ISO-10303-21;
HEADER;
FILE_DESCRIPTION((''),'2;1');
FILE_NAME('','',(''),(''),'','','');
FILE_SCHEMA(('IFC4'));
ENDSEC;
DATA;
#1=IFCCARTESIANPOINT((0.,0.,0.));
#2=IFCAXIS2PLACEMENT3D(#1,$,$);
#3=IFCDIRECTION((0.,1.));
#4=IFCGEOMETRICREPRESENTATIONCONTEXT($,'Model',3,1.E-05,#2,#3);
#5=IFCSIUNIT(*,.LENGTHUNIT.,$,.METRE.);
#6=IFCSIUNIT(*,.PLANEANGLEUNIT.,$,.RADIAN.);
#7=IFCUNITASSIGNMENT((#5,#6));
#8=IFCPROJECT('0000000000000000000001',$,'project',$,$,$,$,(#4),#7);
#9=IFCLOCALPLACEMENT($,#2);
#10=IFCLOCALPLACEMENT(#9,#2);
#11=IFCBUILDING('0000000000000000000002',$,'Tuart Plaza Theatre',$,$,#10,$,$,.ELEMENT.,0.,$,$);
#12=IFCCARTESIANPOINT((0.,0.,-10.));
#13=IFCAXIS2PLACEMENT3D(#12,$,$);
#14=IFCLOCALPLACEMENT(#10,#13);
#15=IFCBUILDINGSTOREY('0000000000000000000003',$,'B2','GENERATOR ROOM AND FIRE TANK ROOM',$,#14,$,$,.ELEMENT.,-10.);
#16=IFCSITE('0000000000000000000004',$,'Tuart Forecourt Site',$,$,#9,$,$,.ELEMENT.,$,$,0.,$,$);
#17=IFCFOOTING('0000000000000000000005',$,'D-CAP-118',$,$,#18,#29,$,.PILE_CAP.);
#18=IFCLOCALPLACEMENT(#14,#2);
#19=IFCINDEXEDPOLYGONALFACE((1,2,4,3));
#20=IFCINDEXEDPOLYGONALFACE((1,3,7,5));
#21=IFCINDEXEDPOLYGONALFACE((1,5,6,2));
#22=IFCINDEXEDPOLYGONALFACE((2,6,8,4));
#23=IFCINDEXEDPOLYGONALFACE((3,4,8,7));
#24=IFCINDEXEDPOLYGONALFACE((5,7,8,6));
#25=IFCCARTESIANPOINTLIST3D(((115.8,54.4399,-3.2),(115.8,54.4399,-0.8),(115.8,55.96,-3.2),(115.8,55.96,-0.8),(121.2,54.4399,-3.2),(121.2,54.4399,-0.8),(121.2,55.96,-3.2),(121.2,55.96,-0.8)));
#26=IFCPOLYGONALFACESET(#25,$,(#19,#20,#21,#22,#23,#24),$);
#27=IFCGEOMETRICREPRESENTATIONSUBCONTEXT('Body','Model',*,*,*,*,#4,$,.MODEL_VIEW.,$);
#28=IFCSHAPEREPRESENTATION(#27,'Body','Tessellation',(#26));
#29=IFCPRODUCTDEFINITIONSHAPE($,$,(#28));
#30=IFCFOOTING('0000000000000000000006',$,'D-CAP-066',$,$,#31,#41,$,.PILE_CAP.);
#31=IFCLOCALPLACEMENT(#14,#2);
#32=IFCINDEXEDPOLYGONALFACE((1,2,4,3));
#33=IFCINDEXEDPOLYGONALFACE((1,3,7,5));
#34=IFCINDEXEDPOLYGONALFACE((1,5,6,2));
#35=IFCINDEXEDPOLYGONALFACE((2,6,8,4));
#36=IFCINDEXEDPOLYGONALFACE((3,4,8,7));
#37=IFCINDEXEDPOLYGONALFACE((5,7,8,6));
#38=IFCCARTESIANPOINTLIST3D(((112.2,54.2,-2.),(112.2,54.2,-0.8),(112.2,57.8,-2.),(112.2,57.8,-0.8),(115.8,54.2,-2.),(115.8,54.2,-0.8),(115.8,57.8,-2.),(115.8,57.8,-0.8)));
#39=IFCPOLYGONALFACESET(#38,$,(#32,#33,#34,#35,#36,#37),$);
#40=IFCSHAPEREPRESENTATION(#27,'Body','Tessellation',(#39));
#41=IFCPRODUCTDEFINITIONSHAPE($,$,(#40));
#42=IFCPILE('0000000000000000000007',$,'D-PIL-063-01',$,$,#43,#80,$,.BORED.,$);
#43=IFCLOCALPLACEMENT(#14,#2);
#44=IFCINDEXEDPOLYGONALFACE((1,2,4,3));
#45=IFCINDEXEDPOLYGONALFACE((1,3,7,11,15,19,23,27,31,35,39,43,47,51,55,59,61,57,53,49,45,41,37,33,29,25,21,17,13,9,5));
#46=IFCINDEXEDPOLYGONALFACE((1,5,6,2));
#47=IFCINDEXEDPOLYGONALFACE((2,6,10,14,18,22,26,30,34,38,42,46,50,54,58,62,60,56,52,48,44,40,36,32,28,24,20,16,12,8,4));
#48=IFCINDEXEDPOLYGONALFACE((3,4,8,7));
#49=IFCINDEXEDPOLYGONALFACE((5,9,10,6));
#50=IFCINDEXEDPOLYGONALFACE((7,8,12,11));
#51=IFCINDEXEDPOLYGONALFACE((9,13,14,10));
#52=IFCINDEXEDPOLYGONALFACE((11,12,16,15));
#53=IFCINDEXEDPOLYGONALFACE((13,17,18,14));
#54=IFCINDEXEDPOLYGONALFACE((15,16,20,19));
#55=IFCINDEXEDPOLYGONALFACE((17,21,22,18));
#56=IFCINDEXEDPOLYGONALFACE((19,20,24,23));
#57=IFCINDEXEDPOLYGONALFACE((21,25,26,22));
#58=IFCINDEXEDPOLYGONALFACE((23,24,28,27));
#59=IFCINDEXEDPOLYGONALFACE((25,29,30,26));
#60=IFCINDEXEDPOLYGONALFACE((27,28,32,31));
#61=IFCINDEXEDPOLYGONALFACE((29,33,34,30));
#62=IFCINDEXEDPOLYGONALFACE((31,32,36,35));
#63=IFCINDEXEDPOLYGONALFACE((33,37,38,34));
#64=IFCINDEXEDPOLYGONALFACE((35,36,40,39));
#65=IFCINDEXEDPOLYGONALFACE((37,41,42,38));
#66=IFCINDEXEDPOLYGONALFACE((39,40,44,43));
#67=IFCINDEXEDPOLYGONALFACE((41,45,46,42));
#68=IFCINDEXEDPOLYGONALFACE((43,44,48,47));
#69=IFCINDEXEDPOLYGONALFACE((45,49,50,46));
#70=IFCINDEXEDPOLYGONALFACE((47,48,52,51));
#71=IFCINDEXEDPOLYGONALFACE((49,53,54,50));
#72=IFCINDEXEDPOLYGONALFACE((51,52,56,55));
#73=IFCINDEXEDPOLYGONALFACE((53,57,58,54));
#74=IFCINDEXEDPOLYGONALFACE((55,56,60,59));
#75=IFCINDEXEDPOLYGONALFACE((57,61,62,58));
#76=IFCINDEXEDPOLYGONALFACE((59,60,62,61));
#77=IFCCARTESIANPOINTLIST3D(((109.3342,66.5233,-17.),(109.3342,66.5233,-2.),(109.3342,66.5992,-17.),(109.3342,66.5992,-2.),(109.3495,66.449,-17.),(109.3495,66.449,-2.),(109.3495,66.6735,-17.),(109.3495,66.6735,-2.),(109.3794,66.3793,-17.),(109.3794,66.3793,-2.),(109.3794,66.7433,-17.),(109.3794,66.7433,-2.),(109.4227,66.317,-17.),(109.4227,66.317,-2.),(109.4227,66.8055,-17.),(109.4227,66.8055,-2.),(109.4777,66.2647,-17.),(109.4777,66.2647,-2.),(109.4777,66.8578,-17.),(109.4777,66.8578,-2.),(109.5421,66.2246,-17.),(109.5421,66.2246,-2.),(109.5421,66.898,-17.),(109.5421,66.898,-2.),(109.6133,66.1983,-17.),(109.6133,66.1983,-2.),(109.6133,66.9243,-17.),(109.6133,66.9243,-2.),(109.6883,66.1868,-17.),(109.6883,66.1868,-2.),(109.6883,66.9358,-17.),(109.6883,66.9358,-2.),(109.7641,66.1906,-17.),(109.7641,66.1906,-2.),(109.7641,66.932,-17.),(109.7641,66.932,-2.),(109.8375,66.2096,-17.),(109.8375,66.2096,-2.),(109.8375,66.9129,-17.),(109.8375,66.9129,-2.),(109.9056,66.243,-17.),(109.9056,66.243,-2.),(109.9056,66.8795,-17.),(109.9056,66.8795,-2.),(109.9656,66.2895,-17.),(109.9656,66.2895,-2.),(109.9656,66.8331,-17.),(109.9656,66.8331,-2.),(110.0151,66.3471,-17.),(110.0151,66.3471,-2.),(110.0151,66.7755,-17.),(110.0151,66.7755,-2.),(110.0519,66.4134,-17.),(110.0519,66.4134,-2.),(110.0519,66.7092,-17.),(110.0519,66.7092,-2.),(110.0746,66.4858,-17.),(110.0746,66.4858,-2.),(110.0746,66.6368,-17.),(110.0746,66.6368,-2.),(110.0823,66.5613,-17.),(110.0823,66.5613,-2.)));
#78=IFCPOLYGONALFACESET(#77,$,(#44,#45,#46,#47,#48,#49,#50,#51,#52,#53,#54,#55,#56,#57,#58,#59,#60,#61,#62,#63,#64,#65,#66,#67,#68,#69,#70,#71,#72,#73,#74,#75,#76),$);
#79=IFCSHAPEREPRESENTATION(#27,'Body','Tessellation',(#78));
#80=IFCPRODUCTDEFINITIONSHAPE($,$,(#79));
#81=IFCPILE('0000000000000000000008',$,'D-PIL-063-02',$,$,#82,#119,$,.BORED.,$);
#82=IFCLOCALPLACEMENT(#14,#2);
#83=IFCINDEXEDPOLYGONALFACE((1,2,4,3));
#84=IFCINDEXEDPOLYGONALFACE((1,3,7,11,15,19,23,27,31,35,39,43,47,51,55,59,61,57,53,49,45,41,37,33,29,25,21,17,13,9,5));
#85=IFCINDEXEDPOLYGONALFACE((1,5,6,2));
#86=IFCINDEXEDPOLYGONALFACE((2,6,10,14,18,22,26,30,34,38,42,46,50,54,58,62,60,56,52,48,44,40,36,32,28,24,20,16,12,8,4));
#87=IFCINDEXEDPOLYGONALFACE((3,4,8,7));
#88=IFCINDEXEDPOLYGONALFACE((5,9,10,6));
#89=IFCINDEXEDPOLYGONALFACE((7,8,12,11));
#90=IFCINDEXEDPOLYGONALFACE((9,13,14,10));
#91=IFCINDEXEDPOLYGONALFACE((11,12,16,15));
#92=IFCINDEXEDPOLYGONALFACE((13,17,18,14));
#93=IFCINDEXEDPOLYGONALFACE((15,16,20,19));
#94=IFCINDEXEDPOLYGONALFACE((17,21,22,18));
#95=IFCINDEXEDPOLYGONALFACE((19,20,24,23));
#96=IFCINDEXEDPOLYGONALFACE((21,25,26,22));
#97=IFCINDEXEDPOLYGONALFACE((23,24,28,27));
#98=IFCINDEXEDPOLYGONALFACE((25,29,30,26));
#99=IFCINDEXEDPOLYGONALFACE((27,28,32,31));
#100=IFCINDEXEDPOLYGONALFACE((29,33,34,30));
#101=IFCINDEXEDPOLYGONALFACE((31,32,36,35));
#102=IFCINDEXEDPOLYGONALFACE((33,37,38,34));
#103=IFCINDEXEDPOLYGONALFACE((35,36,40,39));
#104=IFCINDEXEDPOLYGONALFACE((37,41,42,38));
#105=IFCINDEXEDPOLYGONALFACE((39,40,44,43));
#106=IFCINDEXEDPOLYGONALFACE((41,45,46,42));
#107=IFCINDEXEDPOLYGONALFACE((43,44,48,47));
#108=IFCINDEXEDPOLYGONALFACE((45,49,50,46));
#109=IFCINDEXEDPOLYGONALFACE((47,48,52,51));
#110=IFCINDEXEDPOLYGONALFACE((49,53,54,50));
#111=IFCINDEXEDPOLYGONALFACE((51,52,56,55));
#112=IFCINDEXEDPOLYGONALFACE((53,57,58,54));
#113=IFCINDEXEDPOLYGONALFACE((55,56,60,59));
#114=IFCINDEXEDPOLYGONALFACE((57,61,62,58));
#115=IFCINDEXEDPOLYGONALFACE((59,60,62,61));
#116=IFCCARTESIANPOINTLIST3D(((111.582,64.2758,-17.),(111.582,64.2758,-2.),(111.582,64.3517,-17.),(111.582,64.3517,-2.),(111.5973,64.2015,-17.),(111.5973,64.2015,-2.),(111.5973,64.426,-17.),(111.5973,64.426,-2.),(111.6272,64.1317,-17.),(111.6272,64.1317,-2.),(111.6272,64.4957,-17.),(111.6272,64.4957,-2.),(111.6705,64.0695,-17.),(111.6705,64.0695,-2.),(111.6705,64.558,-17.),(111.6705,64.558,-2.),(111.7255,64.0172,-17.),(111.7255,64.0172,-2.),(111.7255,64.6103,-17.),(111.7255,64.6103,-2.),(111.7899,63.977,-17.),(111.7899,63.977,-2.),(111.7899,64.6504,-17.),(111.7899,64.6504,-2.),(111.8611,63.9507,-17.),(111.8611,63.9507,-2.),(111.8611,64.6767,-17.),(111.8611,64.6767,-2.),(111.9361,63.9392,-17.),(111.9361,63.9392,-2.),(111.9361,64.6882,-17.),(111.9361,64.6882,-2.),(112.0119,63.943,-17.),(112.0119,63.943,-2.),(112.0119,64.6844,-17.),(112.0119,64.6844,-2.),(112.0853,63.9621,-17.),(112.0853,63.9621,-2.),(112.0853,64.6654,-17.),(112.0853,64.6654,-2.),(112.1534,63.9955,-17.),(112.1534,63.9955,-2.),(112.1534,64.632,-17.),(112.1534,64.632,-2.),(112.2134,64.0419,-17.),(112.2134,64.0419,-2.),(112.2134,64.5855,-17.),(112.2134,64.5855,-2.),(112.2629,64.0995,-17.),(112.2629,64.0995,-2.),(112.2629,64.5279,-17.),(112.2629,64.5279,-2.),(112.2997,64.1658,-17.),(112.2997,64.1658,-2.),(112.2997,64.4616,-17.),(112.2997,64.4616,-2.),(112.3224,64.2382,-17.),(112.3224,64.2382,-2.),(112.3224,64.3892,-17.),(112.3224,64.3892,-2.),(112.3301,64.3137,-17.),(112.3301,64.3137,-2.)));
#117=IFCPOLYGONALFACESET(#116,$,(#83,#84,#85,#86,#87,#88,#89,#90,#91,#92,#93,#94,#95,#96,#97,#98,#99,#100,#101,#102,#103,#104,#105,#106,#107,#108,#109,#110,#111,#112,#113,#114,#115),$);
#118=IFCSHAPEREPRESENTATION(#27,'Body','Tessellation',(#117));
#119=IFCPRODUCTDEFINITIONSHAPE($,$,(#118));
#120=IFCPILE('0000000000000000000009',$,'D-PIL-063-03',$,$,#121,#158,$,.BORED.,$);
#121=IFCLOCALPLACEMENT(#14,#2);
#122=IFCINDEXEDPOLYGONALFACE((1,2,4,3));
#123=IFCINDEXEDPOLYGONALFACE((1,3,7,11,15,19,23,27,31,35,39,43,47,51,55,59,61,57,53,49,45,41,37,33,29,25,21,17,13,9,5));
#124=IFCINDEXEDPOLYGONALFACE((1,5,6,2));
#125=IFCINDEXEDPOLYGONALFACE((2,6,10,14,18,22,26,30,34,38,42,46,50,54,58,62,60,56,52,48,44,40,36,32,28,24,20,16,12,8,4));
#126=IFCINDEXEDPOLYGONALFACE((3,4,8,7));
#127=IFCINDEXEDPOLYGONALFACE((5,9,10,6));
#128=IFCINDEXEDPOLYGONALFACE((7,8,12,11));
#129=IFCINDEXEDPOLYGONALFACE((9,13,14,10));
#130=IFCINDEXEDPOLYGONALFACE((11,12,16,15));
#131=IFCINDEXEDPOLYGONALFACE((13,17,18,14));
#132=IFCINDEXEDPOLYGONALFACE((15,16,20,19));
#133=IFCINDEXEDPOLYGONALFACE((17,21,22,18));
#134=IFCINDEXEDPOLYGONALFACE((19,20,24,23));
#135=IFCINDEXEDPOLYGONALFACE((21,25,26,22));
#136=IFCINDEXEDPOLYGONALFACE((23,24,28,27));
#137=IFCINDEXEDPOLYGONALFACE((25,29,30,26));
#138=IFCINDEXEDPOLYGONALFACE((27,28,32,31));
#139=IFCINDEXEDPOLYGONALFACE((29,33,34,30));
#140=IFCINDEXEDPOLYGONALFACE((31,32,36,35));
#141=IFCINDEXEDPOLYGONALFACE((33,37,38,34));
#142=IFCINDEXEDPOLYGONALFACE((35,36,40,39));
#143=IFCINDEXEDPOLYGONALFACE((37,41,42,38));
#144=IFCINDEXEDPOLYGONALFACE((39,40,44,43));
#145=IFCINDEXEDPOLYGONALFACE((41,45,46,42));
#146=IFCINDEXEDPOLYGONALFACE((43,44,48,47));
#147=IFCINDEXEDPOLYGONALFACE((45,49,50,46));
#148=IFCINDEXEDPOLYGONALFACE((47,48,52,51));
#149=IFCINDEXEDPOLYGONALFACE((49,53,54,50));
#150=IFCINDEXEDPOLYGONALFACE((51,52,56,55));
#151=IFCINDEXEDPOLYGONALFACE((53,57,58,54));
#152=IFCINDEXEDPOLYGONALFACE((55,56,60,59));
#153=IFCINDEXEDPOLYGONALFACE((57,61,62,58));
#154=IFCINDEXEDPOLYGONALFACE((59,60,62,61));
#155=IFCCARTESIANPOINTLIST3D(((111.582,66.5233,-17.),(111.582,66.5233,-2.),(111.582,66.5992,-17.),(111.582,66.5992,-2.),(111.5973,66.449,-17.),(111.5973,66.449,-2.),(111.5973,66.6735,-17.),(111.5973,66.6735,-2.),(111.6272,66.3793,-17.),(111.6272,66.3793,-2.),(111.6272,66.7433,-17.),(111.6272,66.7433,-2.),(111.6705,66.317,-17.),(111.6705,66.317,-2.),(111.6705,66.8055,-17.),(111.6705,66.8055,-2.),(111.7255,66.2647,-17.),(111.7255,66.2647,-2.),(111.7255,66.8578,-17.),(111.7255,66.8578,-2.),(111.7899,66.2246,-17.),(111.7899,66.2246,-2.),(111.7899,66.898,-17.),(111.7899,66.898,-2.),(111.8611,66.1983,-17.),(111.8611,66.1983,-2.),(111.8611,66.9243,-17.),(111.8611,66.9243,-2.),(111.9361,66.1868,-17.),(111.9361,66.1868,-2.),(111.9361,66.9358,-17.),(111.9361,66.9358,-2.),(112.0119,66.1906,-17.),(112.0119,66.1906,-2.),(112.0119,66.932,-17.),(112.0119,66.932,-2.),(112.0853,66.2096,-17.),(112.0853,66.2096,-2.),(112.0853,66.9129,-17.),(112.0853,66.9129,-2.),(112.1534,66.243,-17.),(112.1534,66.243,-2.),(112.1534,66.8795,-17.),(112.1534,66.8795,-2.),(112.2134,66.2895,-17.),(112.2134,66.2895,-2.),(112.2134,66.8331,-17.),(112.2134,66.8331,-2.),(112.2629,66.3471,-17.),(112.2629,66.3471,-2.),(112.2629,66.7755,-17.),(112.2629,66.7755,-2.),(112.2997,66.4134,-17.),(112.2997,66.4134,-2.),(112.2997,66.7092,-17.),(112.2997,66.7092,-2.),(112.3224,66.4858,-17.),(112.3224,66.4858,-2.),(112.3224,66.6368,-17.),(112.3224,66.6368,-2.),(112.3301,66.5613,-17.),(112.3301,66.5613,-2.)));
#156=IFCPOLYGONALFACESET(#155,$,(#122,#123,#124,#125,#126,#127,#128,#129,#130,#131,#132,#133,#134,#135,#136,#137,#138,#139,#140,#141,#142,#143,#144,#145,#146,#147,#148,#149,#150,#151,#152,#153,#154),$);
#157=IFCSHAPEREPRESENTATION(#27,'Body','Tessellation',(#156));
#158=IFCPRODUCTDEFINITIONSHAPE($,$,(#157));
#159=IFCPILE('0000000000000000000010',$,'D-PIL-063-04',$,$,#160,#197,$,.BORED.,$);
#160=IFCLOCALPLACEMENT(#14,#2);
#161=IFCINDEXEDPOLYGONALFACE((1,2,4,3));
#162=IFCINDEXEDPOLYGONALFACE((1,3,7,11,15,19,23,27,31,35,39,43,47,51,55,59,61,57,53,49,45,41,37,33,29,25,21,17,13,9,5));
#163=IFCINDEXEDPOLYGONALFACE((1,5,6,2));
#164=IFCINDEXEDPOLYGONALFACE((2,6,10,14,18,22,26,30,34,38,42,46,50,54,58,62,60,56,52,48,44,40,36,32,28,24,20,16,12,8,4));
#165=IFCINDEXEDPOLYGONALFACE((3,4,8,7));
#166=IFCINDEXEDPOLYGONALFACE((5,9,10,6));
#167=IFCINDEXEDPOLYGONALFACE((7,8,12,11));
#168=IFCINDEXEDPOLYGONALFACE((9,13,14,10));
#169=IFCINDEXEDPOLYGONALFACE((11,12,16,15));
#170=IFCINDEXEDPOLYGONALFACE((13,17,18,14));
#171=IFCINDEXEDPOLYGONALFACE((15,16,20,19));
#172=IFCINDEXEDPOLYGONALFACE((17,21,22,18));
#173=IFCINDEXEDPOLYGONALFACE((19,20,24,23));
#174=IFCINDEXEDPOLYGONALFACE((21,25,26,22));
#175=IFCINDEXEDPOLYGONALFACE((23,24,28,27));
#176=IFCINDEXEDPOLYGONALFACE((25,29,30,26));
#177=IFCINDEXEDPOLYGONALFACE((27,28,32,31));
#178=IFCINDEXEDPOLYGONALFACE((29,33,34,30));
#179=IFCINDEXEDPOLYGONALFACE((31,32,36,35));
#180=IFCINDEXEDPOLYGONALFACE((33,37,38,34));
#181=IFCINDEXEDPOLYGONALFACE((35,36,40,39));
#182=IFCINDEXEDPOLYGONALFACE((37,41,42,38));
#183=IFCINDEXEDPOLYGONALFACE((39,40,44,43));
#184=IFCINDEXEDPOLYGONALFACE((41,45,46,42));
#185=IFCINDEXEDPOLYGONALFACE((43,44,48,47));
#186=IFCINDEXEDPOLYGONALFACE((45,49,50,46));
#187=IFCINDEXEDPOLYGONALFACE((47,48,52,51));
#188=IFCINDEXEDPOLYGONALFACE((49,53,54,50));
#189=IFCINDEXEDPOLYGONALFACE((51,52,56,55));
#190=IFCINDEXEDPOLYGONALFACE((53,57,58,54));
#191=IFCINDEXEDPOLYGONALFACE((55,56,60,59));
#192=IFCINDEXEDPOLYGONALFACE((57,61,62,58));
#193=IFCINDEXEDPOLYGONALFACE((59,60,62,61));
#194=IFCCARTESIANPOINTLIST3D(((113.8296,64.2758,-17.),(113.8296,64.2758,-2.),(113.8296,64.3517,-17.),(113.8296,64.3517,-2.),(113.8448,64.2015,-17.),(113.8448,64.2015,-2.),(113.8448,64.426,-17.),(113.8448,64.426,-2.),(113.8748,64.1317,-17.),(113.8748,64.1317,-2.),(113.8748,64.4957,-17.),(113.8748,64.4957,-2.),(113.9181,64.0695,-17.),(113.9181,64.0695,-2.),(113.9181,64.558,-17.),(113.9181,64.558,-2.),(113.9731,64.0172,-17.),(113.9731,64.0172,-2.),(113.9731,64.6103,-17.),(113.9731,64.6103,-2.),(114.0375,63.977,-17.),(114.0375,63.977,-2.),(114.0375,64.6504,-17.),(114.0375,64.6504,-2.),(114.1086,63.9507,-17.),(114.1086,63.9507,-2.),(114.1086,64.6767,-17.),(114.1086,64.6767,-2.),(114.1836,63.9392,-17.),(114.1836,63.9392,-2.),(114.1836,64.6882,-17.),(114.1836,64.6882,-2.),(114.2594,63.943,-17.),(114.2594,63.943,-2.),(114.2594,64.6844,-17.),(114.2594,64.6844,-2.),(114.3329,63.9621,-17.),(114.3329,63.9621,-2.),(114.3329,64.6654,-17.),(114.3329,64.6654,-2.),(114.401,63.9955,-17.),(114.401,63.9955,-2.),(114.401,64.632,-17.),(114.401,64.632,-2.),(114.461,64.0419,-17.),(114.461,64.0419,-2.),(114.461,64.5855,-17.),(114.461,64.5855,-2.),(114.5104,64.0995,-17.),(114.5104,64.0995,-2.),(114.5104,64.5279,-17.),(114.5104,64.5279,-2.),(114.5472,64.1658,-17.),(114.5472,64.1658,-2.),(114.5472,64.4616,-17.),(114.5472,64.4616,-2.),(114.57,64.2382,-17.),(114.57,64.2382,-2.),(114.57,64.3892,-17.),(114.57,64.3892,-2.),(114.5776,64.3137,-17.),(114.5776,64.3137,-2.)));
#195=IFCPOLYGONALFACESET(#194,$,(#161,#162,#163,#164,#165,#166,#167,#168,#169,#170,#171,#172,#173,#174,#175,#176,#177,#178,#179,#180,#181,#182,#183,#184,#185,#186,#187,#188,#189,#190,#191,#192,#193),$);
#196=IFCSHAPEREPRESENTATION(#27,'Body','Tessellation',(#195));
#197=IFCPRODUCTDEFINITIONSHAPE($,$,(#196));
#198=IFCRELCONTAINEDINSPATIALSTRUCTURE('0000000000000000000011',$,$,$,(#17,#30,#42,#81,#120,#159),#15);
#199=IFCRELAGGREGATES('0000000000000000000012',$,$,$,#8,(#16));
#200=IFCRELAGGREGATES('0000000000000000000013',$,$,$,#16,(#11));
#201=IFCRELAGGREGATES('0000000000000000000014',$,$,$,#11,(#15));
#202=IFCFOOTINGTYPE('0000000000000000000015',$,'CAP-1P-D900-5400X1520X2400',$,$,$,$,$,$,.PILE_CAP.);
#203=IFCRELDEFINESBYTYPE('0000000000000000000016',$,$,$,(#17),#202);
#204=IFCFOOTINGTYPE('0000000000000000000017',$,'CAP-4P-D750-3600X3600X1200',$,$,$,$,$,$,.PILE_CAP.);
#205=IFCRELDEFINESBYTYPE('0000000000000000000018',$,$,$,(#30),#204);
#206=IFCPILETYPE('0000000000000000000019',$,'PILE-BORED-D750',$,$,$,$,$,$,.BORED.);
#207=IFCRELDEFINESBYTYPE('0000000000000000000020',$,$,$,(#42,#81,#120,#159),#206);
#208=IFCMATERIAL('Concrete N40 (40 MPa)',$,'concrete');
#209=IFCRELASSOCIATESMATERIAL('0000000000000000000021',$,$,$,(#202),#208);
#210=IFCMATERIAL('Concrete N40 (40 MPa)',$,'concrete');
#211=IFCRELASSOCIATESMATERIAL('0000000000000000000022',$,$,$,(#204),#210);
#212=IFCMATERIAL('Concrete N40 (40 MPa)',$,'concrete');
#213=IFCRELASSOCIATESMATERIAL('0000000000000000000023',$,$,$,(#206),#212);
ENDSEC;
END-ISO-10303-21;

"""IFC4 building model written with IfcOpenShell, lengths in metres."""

from ifc_helpers import new_model, si_unit, direction, frame, origin, origin_2d, place, context, subcontext, project, spatial, rectangle, circle, extrude, material, material_profile, profile_set, type_object, element, save


model = new_model("IFC4")

# Units and contexts
model_context = context("Model", 3, precision=1e-05, world=origin(), true_north=direction((0.0, 1.0)))
body_context = subcontext(model_context, "Body", "Model", "MODEL_VIEW")
ifc_project = project(units=[si_unit("LENGTHUNIT", "METRE"), si_unit("PLANEANGLEUNIT", "RADIAN")], contexts=[model_context])

# Site, building, storey
site_placement = place(None, origin())
site = spatial("IfcSite", under=ifc_project, at=site_placement, Name="Tuart Forecourt Site", CompositionType="ELEMENT", RefElevation=0.0)
building_placement = place(site_placement, origin())
building = spatial("IfcBuilding", under=site, at=building_placement, Name="Tuart Plaza Theatre", CompositionType="ELEMENT", ElevationOfRefHeight=0.0)
storey_placement = place(building_placement, frame((0.0, 0.0, -10.0)))
storey = spatial("IfcBuildingStorey", under=building, at=storey_placement, Name="B2", Description="GENERATOR ROOM AND FIRE TANK ROOM", CompositionType="ELEMENT", Elevation=-10.0)

# Footings
ifc_material_1 = material(Name="Concrete N40 (40 MPa)", Category="concrete")
footing_type_1 = type_object("IfcFootingType", Name="CAP-1P-D900-5400X1520X2400", PredefinedType="PILE_CAP", material=ifc_material_1)
footing_1_placement = place(storey_placement, frame((118.5, 55.2, -3.2), z_axis=(0.0, 0.0, 1.0), x_axis=(1.0, 0.0, 0.0)))
element("IfcFooting", 1, at=footing_1_placement, inside=storey, type_object=footing_type_1, Name="D-CAP-118", PredefinedType="PILE_CAP", context=body_context, shape_type="SweptSolid", body=[
    extrude(rectangle(XDim=5.3999, YDim=1.52, at=origin_2d()), origin(), (0.0, 0.0, 1.0), 2.3999),
])
ifc_material_2 = material(Name="Concrete N40 (40 MPa)", Category="concrete")
footing_type_2 = type_object("IfcFootingType", Name="CAP-4P-D750-3600X3600X1200", PredefinedType="PILE_CAP", material=ifc_material_2)
footing_2_placement = place(storey_placement, frame((114.0, 56.0, -2.0), z_axis=(0.0, 0.0, 1.0), x_axis=(0.0, 1.0, 0.0)))
element("IfcFooting", 2, at=footing_2_placement, inside=storey, type_object=footing_type_2, Name="D-CAP-066", PredefinedType="PILE_CAP", context=body_context, shape_type="SweptSolid", body=[
    extrude(rectangle(XDim=3.6001, YDim=3.6001, at=origin_2d()), origin(), (0.0, 0.0, 1.0), 1.2),
])

# Piles
ifc_material_3 = material(Name="Concrete N40 (40 MPa)", Category="concrete")
ifc_material_profile_1 = material_profile(ifc_material_3, circle(Radius=0.375, at=origin_2d()), Name="PILE-BORED-D750")
ifc_profile_set_1 = profile_set([ifc_material_profile_1], Name="Concrete N40 (40 MPa)")
pile_type_1 = type_object("IfcPileType", Name="PILE-BORED-D750", PredefinedType="BORED", material=ifc_profile_set_1)
for number, where, z_axis, x_axis, name in (
    (3, (109.7073, 66.5613, -2.0), (0.0, 0.0, -1.0), (1.0, 0.0, 0.0), "D-PIL-063-01"),
    (4, (111.9551, 64.3137, -2.0), (0.0, 0.0, -1.0), (1.0, 0.0, 0.0), "D-PIL-063-02"),
    (5, (111.9551, 66.5613, -2.0), (0.0, 0.0, -1.0), (1.0, 0.0, 0.0), "D-PIL-063-03"),
    (6, (114.2026, 64.3137, -2.0), (0.0, 0.0, -1.0), (1.0, 0.0, 0.0), "D-PIL-063-04"),
):
    element("IfcPile", number, at=place(storey_placement, frame(where, z_axis=z_axis, x_axis=x_axis)), inside=storey, type_object=pile_type_1, Name=name, PredefinedType="BORED", context=body_context, shape_type="SweptSolid", body=[
        extrude(circle(Radius=0.375, at=origin_2d()), origin(), (0.0, 0.0, 1.0), 15.0),
    ])

save(model, "model.ifc")
